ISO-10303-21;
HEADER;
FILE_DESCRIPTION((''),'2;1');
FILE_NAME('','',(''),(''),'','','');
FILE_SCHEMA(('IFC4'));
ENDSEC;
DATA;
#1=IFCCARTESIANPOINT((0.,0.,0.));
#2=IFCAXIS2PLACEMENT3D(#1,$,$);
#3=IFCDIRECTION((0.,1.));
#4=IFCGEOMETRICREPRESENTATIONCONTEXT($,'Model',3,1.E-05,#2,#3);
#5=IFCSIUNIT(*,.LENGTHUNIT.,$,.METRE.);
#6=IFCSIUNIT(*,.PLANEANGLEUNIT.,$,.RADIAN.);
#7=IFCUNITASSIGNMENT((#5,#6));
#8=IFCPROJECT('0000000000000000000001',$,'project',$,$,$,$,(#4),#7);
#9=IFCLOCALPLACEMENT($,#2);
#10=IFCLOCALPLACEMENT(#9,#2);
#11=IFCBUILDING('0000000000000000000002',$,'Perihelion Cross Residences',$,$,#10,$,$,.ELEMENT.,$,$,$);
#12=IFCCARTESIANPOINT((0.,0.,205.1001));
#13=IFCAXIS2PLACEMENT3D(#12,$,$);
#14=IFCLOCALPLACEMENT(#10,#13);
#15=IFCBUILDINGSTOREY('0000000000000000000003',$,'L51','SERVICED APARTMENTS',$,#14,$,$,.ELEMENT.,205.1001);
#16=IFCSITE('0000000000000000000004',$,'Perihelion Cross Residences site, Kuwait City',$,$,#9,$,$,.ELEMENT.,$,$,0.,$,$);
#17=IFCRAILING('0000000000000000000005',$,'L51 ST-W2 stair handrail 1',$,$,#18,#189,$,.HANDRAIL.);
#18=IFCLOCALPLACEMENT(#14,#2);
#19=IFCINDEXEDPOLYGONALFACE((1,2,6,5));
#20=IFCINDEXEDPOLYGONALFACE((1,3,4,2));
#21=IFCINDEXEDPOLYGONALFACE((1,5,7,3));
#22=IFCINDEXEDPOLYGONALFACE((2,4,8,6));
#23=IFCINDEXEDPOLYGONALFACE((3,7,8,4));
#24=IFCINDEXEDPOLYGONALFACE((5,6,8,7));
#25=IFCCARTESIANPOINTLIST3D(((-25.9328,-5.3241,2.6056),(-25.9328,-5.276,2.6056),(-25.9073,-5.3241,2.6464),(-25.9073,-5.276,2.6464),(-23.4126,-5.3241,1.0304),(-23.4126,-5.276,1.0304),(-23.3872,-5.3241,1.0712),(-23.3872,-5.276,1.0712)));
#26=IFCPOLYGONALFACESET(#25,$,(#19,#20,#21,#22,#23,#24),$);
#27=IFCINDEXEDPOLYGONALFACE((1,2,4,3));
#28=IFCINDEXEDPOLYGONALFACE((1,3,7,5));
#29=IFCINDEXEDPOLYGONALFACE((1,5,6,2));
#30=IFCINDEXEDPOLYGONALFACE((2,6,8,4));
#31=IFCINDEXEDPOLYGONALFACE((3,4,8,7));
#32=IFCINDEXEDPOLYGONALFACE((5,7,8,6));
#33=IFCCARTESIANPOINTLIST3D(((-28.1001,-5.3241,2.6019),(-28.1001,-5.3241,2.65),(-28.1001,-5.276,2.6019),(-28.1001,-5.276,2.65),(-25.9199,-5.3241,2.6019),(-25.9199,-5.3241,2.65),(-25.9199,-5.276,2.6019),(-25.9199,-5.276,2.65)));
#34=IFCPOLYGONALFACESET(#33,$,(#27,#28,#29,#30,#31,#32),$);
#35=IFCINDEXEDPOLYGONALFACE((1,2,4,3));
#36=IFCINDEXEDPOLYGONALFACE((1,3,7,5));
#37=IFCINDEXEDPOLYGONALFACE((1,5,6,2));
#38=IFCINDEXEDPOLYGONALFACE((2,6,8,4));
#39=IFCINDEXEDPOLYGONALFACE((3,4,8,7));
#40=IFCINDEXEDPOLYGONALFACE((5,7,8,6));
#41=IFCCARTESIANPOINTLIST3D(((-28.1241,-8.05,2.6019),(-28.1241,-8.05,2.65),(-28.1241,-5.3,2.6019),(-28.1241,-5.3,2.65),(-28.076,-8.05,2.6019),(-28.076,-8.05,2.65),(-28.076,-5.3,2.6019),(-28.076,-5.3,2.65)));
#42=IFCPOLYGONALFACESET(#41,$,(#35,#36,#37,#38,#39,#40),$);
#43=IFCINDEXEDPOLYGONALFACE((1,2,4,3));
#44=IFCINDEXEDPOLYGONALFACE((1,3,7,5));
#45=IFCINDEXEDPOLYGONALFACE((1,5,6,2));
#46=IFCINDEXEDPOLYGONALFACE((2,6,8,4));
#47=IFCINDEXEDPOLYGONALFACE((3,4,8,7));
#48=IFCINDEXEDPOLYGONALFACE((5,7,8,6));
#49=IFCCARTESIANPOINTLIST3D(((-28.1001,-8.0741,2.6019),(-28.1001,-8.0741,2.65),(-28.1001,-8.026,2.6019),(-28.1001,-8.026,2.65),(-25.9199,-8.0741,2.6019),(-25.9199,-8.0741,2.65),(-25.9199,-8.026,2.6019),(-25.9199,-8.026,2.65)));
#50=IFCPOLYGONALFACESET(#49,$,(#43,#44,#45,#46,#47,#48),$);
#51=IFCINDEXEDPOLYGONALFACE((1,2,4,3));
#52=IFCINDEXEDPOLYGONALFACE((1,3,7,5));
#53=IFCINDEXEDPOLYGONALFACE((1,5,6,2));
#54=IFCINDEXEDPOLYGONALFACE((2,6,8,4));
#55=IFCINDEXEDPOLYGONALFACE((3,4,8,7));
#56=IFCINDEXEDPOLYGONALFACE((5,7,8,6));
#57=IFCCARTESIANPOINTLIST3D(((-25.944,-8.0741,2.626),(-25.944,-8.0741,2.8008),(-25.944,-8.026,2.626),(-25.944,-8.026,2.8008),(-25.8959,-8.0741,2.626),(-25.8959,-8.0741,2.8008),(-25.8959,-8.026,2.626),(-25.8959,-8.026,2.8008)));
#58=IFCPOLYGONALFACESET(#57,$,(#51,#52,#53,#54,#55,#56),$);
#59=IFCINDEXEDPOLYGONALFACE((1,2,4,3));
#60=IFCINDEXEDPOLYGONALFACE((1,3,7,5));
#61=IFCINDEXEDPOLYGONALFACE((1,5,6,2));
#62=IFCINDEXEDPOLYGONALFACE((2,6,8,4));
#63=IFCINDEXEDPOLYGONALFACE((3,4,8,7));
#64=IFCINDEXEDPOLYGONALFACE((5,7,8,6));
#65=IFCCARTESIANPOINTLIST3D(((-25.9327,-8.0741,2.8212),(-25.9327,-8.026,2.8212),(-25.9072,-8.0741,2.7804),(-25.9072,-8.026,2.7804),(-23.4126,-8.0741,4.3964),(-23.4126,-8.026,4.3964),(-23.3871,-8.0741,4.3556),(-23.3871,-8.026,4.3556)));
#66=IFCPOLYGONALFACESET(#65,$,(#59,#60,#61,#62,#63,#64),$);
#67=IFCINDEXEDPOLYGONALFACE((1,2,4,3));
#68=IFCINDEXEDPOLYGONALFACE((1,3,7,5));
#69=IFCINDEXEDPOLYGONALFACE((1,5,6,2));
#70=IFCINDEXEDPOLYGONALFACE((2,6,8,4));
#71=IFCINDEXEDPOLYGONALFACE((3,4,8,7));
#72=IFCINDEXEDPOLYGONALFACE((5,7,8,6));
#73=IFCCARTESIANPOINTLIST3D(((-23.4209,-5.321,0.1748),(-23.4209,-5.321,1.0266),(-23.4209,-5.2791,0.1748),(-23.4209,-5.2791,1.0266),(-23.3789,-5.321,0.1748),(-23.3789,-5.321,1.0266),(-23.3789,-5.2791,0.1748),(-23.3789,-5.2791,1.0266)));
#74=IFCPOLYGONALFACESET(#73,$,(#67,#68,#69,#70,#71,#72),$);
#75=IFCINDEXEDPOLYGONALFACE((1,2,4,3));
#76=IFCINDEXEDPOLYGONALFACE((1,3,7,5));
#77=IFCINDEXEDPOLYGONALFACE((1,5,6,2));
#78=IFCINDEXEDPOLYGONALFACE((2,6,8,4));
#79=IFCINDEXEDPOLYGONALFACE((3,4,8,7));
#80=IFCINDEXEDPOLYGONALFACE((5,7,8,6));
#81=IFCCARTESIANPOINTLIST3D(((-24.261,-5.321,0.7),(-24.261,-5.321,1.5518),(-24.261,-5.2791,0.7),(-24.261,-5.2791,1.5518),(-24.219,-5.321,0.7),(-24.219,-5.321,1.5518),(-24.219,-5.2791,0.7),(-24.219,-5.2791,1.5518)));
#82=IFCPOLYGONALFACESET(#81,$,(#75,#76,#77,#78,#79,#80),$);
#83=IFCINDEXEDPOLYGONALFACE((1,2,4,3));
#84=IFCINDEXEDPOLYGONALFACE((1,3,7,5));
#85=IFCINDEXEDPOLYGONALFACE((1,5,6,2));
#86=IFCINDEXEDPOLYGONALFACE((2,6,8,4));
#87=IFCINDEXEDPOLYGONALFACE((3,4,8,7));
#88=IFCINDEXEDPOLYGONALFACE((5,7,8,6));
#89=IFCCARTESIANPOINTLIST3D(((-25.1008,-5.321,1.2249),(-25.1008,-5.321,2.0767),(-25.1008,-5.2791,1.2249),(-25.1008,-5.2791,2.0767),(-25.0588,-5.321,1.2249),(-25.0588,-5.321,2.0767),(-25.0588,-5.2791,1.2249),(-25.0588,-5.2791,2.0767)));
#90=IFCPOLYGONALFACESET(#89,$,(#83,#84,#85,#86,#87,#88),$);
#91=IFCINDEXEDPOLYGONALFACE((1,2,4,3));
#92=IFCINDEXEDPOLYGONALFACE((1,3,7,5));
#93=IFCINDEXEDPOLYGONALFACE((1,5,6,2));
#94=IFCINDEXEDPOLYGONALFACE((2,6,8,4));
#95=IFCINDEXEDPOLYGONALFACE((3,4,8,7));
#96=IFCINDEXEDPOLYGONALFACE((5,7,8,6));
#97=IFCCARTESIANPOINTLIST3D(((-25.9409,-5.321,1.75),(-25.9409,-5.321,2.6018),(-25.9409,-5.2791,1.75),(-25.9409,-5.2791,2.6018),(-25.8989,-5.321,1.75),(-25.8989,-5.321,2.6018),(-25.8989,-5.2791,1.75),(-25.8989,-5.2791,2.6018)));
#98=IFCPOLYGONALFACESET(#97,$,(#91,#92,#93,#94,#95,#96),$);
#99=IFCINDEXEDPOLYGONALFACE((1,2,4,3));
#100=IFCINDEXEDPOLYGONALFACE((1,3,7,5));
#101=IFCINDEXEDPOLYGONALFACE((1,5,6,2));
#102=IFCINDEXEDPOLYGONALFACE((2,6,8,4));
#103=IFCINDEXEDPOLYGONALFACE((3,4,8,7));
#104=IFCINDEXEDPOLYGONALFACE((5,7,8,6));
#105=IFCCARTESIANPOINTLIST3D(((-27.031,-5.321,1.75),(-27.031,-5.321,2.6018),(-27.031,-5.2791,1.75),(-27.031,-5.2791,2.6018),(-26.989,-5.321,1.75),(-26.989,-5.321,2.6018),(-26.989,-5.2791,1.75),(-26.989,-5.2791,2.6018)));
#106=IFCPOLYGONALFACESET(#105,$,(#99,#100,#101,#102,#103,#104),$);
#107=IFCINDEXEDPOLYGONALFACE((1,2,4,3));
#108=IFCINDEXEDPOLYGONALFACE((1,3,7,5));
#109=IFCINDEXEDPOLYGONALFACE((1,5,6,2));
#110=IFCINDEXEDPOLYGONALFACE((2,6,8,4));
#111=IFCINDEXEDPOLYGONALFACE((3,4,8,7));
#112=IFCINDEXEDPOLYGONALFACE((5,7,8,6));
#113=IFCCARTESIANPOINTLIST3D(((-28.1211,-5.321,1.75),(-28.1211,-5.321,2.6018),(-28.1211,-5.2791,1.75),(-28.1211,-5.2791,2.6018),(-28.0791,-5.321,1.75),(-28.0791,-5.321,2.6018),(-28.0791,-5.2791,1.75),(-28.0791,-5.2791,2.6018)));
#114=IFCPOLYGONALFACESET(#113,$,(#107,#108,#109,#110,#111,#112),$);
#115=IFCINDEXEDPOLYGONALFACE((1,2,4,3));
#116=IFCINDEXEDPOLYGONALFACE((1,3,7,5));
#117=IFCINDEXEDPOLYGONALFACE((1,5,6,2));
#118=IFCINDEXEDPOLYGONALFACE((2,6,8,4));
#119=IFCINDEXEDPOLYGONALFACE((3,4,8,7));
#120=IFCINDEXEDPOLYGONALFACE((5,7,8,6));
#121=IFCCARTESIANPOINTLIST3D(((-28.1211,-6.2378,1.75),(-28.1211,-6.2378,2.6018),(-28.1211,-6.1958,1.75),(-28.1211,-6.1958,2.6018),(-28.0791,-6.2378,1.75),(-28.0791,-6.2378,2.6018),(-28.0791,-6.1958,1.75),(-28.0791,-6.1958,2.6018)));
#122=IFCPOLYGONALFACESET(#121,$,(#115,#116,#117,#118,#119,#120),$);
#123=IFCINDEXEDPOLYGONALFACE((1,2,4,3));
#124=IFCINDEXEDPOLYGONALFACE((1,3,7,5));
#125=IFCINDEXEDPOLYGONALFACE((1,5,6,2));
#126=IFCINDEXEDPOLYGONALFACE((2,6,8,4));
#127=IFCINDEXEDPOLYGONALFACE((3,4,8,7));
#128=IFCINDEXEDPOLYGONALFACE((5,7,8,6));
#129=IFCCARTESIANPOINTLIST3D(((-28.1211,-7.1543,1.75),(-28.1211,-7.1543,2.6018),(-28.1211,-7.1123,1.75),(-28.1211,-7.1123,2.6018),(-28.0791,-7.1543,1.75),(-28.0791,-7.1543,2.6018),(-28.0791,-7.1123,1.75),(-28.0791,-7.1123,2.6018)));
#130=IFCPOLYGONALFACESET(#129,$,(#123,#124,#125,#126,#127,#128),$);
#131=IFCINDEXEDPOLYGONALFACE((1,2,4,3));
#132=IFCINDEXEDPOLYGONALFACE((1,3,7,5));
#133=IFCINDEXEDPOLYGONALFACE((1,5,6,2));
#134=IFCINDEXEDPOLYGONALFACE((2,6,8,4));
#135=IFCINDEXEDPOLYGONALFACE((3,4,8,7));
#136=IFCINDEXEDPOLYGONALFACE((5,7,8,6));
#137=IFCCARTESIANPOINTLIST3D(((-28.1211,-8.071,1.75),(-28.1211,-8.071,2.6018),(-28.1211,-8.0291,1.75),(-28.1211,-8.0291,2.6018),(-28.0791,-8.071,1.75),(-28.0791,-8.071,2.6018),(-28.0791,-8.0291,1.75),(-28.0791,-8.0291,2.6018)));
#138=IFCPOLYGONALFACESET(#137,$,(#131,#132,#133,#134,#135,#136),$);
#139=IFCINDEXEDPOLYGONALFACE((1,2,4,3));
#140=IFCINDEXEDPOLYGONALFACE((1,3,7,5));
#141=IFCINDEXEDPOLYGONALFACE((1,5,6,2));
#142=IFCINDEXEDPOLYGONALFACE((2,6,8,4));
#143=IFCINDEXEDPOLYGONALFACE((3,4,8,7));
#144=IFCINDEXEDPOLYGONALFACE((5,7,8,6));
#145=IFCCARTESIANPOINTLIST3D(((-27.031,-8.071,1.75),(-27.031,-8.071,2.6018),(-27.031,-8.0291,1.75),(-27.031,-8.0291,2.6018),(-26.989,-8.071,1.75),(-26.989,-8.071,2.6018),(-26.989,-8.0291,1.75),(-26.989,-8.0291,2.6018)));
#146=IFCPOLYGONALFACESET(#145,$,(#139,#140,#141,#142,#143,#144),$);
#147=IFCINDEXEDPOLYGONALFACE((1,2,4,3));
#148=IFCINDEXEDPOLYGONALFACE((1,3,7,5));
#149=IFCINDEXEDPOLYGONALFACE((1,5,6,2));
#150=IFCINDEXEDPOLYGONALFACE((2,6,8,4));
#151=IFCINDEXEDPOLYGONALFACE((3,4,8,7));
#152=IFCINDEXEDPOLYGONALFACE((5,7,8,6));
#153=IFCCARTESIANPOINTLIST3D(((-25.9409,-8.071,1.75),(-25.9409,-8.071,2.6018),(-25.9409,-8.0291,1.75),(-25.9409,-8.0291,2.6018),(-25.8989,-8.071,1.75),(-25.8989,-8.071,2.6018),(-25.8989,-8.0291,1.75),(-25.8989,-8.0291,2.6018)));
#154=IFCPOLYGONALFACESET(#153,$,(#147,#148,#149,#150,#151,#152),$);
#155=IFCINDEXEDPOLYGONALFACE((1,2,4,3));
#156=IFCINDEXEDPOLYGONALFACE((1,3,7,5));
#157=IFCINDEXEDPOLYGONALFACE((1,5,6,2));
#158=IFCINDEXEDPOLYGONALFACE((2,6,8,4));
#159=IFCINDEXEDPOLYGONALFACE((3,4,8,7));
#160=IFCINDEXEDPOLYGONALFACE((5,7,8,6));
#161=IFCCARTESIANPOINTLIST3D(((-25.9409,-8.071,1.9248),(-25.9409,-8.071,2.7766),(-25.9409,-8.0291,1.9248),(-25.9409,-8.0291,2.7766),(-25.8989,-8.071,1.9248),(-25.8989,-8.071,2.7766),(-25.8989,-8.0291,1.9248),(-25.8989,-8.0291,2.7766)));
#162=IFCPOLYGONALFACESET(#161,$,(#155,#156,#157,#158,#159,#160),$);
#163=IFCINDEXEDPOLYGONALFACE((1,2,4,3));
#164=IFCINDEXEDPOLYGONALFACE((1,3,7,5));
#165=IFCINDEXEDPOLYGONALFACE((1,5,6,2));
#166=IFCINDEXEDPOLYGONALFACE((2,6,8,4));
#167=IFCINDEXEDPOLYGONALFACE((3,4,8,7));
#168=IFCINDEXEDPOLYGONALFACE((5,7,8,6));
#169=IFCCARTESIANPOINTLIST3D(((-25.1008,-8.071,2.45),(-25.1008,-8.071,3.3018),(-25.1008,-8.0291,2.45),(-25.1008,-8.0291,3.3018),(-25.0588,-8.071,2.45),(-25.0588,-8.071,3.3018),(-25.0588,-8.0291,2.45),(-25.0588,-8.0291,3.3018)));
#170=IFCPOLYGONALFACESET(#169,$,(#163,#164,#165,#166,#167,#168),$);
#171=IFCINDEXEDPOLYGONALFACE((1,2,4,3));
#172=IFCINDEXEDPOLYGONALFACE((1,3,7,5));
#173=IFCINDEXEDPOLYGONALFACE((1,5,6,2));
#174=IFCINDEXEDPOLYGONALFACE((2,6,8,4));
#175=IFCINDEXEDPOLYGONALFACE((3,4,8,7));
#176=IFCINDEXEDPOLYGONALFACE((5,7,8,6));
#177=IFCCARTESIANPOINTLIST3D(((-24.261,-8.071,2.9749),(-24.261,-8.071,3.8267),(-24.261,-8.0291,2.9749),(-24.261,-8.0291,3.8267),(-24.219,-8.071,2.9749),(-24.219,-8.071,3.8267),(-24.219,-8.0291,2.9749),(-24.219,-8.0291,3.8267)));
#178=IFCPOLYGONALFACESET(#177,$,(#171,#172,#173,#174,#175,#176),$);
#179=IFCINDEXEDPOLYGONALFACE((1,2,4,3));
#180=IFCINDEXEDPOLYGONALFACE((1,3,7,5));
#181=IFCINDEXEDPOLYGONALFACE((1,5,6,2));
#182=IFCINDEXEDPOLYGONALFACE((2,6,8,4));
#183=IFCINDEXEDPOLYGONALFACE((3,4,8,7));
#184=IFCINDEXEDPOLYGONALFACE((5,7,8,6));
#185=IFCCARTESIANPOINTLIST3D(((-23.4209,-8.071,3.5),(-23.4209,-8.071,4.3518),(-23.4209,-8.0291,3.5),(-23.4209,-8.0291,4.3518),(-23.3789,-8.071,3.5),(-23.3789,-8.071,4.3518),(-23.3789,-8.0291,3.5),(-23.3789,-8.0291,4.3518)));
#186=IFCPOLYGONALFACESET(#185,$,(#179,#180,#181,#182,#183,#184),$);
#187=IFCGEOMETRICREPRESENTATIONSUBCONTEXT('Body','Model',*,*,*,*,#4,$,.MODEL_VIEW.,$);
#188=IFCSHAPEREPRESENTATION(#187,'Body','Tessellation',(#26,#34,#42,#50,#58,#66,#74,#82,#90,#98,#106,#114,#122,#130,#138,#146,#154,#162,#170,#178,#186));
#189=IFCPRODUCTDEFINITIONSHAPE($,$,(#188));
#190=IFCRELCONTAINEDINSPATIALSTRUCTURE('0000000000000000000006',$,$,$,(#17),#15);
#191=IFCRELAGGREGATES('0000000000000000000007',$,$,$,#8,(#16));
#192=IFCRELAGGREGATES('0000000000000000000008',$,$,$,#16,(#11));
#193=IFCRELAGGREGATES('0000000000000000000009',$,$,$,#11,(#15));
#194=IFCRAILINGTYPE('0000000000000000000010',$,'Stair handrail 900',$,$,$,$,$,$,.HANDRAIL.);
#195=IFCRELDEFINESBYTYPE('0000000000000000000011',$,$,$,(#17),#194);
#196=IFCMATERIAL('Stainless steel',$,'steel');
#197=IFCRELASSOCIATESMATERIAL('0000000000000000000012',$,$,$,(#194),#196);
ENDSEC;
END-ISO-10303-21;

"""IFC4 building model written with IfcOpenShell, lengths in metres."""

from ifc_helpers import new_model, si_unit, direction, frame, origin, origin_2d, place, context, subcontext, project, spatial, rectangle, extrude, material, type_object, element, save


model = new_model("IFC4")

# Units and contexts
model_context = context("Model", 3, precision=1e-05, world=origin(), true_north=direction((0.0, 1.0)))
body_context = subcontext(model_context, "Body", "Model", "MODEL_VIEW")
ifc_project = project(units=[si_unit("LENGTHUNIT", "METRE"), si_unit("PLANEANGLEUNIT", "RADIAN")], contexts=[model_context])

# Site, building, storey
site_placement = place(None, origin())
site = spatial("IfcSite", under=ifc_project, at=site_placement, Name="Perihelion Cross Residences site, Kuwait City", CompositionType="ELEMENT", RefElevation=0.0)
building_placement = place(site_placement, origin())
building = spatial("IfcBuilding", under=site, at=building_placement, Name="Perihelion Cross Residences", CompositionType="ELEMENT")
storey_placement = place(building_placement, frame((0.0, 0.0, 205.1001)))
storey = spatial("IfcBuildingStorey", under=building, at=storey_placement, Name="L51", Description="SERVICED APARTMENTS", CompositionType="ELEMENT", Elevation=205.1001)

# Railing
ifc_material_1 = material(Name="Stainless steel", Category="steel")
railing_type_1 = type_object("IfcRailingType", Name="Stair handrail 900", PredefinedType="HANDRAIL", material=ifc_material_1)
railing_1_placement = place(storey_placement, frame((-23.3999, -5.3, 0.1748)))
element("IfcRailing", 1, at=railing_1_placement, inside=storey, type_object=railing_type_1, Name="L51 ST-W2 stair handrail 1", PredefinedType="HANDRAIL", context=body_context, shape_type="SweptSolid", body=[
    extrude(rectangle(XDim=0.0481, YDim=0.0481, at=origin_2d()), frame((0.0, 0.0, 0.876), z_axis=(-0.847971, 0.0, 0.530043), x_axis=(0.0, -1.0, 0.0)), (0.0, 0.0, 1.0), 2.9719),
    extrude(rectangle(XDim=0.0481, YDim=0.0481, at=origin_2d()), frame((-2.52, 0.0, 2.4512), z_axis=(-1.0, 0.0, 0.0), x_axis=(0.0, -1.0, 0.0)), (0.0, 0.0, 1.0), 2.1802),
    extrude(rectangle(XDim=0.0481, YDim=0.0481, at=origin_2d()), frame((-4.7002, 0.0, 2.4512), z_axis=(0.0, -1.0, 0.0), x_axis=(1.0, 0.0, 0.0)), (0.0, 0.0, 1.0), 2.75),
    extrude(rectangle(XDim=0.0481, YDim=0.0481, at=origin_2d()), frame((-4.7002, -2.75, 2.4512), z_axis=(1.0, 0.0, 0.0), x_axis=(0.0, 1.0, 0.0)), (0.0, 0.0, 1.0), 2.1802),
    extrude(rectangle(XDim=0.0481, YDim=0.0481, at=origin_2d()), frame((-2.52, -2.75, 2.4512), z_axis=(0.0, 0.0, 1.0), x_axis=(1.0, 0.0, 0.0)), (0.0, 0.0, 1.0), 0.1748),
    extrude(rectangle(XDim=0.0481, YDim=0.0481, at=origin_2d()), frame((-2.52, -2.75, 2.626), z_axis=(0.847971, 0.0, 0.530043), x_axis=(0.0, 1.0, 0.0)), (0.0, 0.0, 1.0), 2.9719),
    extrude(rectangle(XDim=0.042, YDim=0.042, at=origin_2d()), origin(), (0.0, 0.0, 1.0), 0.8518),
    extrude(rectangle(XDim=0.042, YDim=0.042, at=origin_2d()), frame((-0.8401, 0.0, 0.5251)), (0.0, 0.0, 1.0), 0.8518),
    extrude(rectangle(XDim=0.042, YDim=0.042, at=origin_2d()), frame((-1.6799, 0.0, 1.05)), (0.0, 0.0, 1.0), 0.8518),
    extrude(rectangle(XDim=0.042, YDim=0.042, at=origin_2d()), frame((-2.52, 0.0, 1.5752)), (0.0, 0.0, 1.0), 0.8518),
    extrude(rectangle(XDim=0.042, YDim=0.042, at=origin_2d()), frame((-3.6101, 0.0, 1.5752)), (0.0, 0.0, 1.0), 0.8518),
    extrude(rectangle(XDim=0.042, YDim=0.042, at=origin_2d()), frame((-4.7002, 0.0, 1.5752)), (0.0, 0.0, 1.0), 0.8518),
    extrude(rectangle(XDim=0.042, YDim=0.042, at=origin_2d()), frame((-4.7002, -0.9167, 1.5752)), (0.0, 0.0, 1.0), 0.8518),
    extrude(rectangle(XDim=0.042, YDim=0.042, at=origin_2d()), frame((-4.7002, -1.8333, 1.5752)), (0.0, 0.0, 1.0), 0.8518),
    extrude(rectangle(XDim=0.042, YDim=0.042, at=origin_2d()), frame((-4.7002, -2.75, 1.5752)), (0.0, 0.0, 1.0), 0.8518),
    extrude(rectangle(XDim=0.042, YDim=0.042, at=origin_2d()), frame((-3.6101, -2.75, 1.5752)), (0.0, 0.0, 1.0), 0.8518),
    extrude(rectangle(XDim=0.042, YDim=0.042, at=origin_2d()), frame((-2.52, -2.75, 1.5752)), (0.0, 0.0, 1.0), 0.8518),
    extrude(rectangle(XDim=0.042, YDim=0.042, at=origin_2d()), frame((-2.52, -2.75, 1.75)), (0.0, 0.0, 1.0), 0.8518),
    extrude(rectangle(XDim=0.042, YDim=0.042, at=origin_2d()), frame((-1.6799, -2.75, 2.2751)), (0.0, 0.0, 1.0), 0.8518),
    extrude(rectangle(XDim=0.042, YDim=0.042, at=origin_2d()), frame((-0.8401, -2.75, 2.8)), (0.0, 0.0, 1.0), 0.8518),
    extrude(rectangle(XDim=0.042, YDim=0.042, at=origin_2d()), frame((0.0, -2.75, 3.3252)), (0.0, 0.0, 1.0), 0.8518),
])

save(model, "model.ifc")
